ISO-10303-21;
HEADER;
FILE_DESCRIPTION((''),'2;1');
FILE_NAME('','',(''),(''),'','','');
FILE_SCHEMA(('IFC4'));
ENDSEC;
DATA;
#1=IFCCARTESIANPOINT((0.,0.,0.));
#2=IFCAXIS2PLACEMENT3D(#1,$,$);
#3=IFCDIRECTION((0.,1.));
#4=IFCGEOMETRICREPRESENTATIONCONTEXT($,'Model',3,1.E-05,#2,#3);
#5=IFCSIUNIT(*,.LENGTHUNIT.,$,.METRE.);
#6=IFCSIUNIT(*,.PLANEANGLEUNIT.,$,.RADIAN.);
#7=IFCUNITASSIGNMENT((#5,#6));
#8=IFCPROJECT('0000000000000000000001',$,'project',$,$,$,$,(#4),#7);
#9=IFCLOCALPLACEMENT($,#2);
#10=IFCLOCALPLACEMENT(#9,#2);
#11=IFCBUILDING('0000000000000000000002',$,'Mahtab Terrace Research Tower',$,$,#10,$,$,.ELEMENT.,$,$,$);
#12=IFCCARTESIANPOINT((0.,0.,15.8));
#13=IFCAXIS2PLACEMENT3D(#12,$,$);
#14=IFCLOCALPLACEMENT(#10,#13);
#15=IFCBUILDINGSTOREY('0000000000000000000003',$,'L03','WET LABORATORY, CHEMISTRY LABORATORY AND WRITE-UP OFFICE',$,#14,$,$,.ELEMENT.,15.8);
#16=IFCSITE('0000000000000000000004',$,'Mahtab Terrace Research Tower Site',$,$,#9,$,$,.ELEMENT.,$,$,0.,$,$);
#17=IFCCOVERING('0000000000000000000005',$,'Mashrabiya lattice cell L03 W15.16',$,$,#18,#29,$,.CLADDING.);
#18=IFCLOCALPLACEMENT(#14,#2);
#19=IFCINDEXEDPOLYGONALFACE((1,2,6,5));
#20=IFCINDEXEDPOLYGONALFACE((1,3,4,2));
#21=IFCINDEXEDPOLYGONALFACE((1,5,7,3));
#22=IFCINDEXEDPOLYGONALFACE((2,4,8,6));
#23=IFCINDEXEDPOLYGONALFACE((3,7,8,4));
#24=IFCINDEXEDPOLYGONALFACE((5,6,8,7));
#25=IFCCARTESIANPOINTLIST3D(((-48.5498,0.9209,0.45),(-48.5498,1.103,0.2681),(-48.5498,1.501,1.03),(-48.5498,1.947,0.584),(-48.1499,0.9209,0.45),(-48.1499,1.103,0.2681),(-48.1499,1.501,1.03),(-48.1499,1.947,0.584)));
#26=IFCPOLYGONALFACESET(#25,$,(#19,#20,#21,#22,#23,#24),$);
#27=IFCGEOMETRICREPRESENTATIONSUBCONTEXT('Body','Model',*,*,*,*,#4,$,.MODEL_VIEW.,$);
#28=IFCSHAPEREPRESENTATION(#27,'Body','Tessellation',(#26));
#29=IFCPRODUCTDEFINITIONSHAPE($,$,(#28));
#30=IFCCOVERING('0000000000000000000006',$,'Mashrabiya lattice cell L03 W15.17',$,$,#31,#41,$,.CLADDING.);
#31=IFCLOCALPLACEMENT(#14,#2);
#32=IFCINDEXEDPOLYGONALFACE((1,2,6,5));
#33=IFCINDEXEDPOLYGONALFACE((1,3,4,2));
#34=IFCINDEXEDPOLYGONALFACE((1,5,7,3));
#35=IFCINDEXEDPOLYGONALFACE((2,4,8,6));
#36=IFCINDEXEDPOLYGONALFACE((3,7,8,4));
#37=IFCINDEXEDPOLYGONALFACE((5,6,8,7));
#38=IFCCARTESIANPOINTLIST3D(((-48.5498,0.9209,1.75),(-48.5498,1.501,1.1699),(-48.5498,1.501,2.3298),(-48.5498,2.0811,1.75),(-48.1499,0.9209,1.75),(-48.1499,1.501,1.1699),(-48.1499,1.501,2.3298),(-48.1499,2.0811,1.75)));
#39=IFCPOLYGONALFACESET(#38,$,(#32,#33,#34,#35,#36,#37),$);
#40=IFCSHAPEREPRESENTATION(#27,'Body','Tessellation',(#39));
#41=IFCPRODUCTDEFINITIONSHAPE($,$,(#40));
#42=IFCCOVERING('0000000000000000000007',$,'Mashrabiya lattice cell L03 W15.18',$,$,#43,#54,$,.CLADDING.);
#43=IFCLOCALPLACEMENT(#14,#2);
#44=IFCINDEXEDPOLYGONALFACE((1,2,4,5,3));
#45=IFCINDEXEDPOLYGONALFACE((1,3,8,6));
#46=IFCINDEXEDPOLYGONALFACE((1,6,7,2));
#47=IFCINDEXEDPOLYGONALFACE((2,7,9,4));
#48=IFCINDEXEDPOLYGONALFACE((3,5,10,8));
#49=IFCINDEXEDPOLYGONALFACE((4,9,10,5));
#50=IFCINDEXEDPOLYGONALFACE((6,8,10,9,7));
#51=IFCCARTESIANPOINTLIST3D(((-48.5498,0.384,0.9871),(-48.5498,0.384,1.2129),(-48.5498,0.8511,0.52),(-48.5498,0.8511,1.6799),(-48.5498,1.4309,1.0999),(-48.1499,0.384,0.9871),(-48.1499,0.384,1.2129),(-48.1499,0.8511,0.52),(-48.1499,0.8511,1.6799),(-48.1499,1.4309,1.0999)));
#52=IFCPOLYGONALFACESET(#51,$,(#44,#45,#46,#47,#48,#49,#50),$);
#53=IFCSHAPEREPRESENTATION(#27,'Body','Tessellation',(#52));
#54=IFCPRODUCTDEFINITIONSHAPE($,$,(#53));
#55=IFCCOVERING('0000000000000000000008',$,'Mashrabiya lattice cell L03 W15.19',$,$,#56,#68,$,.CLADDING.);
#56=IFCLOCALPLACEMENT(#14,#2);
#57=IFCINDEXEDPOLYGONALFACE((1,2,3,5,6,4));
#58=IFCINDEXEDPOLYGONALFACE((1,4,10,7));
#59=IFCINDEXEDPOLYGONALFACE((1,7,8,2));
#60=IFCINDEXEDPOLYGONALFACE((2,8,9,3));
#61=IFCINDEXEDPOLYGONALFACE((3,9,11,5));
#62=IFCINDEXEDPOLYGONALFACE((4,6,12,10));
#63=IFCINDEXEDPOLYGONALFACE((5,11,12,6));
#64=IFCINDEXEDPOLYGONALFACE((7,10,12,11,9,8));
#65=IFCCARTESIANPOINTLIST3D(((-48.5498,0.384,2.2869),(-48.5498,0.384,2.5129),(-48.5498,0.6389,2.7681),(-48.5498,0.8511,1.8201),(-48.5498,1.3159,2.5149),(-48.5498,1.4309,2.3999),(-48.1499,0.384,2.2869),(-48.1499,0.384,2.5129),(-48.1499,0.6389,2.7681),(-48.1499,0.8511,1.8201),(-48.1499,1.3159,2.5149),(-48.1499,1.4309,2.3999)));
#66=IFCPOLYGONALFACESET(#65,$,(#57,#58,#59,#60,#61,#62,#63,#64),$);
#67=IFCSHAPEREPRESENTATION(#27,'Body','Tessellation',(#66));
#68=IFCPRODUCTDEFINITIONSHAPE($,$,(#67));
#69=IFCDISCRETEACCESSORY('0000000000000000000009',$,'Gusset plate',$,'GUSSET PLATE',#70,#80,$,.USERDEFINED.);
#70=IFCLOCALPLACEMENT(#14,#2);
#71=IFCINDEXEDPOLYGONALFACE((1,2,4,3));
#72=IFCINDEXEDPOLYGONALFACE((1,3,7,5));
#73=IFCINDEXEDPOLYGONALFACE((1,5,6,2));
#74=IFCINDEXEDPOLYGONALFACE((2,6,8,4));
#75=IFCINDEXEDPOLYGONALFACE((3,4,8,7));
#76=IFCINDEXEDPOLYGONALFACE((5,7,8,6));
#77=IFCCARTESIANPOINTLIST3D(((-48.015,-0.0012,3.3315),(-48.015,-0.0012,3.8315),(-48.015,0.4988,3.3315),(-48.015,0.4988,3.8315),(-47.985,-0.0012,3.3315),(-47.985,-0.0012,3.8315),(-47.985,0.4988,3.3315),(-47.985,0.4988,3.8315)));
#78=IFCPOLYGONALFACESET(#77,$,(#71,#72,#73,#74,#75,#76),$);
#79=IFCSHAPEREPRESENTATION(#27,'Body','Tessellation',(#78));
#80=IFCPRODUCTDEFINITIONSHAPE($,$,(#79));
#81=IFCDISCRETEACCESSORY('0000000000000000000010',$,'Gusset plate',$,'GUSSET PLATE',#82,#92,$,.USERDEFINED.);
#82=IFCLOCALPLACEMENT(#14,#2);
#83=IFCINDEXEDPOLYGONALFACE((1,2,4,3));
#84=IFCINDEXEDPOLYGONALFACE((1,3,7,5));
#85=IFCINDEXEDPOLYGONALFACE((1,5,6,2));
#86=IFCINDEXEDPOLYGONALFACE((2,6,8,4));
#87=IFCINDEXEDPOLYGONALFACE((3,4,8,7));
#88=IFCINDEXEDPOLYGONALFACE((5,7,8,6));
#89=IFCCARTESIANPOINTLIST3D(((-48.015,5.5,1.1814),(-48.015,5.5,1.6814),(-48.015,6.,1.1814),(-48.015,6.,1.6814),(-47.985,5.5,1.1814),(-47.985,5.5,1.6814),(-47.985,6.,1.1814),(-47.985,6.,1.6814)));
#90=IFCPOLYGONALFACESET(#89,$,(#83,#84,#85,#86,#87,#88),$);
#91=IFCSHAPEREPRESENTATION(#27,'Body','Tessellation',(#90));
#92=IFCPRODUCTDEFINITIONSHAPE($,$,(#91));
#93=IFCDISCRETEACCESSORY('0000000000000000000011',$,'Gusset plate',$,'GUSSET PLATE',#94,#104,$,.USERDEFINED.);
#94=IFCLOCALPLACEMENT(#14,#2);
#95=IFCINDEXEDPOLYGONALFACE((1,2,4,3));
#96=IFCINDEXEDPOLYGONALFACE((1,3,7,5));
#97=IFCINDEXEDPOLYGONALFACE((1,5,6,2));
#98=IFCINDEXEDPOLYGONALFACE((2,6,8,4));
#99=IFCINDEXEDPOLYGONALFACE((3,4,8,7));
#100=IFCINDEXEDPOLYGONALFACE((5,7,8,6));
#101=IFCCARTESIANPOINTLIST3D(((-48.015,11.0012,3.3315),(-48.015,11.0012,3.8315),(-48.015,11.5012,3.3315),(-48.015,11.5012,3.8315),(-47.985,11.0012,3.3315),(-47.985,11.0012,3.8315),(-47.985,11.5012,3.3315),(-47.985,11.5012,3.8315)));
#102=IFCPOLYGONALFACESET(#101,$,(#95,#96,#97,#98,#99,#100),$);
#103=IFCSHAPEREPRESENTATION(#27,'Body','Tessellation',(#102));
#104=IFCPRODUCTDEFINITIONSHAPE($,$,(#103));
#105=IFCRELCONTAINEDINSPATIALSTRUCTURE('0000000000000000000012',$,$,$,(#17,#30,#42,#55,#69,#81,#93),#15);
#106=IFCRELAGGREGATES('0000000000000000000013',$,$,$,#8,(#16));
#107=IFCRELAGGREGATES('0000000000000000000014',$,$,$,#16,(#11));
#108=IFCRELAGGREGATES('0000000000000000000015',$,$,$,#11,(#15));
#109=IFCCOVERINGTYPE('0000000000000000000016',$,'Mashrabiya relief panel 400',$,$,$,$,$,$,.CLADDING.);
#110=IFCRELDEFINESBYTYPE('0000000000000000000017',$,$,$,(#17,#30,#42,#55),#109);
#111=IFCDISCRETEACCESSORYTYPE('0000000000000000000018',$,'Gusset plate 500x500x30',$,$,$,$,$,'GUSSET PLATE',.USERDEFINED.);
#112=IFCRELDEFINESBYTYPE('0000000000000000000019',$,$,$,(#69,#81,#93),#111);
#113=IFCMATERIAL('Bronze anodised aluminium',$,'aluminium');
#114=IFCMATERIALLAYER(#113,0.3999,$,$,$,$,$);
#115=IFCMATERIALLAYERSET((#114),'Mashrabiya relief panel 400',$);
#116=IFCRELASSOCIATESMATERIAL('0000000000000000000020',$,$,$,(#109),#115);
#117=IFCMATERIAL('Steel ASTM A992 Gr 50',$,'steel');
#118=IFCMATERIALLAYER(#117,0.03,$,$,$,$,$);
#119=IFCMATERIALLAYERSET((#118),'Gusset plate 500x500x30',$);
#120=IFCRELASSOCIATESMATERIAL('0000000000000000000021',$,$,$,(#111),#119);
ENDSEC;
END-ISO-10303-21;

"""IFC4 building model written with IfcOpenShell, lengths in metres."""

from ifc_helpers import new_model, si_unit, direction, frame, origin, origin_2d, place, context, subcontext, project, spatial, polyline, rectangle, outline, extrude, material, layer, layer_set, type_object, element, save


model = new_model("IFC4")

# Units and contexts
model_context = context("Model", 3, precision=1e-05, world=origin(), true_north=direction((0.0, 1.0)))
body_context = subcontext(model_context, "Body", "Model", "MODEL_VIEW")
ifc_project = project(units=[si_unit("LENGTHUNIT", "METRE"), si_unit("PLANEANGLEUNIT", "RADIAN")], contexts=[model_context])

# Site, building, storey
site_placement = place(None, origin())
site = spatial("IfcSite", under=ifc_project, at=site_placement, Name="Mahtab Terrace Research Tower Site", CompositionType="ELEMENT", RefElevation=0.0)
building_placement = place(site_placement, origin())
building = spatial("IfcBuilding", under=site, at=building_placement, Name="Mahtab Terrace Research Tower", CompositionType="ELEMENT")
storey_placement = place(building_placement, frame((0.0, 0.0, 15.8)))
storey = spatial("IfcBuildingStorey", under=building, at=storey_placement, Name="L03", Description="WET LABORATORY, CHEMISTRY LABORATORY AND WRITE-UP OFFICE", CompositionType="ELEMENT", Elevation=15.8)

# Shared definitions
ifc_material_1 = material(Name="Steel ASTM A992 Gr 50", Category="steel")

# Coverings
ifc_material_2 = material(Name="Bronze anodised aluminium", Category="aluminium")
ifc_layer_1 = layer(ifc_material_2, 0.3999)
ifc_layer_set_1 = layer_set([ifc_layer_1], Name="Mashrabiya relief panel 400")
covering_type = type_object("IfcCoveringType", Name="Mashrabiya relief panel 400", PredefinedType="CLADDING", material=ifc_layer_set_1)
covering_1_placement = place(storey_placement, frame((-48.1499, 1.501, 1.03), z_axis=(1.0, 0.0, 0.0), x_axis=(0.0, -0.707107, -0.707107)))
element("IfcCovering", 1, at=covering_1_placement, inside=storey, type_object=covering_type, Name="Mashrabiya lattice cell L03 W15.16", PredefinedType="CLADDING", context=body_context, shape_type="SweptSolid", body=[
    extrude(outline(polyline([(0.0, 0.0), (0.8204, 0.0), (0.8202, 0.2574), (0.0, 0.6308), (0.0, 0.0)])), origin(), (0.0, 0.0, -1.0), 0.3999),
])
covering_2_placement = place(storey_placement, frame((-48.1499, 1.501, 2.3298), z_axis=(1.0, 0.0, 0.0), x_axis=(0.0, -0.707256, -0.706958)))
element("IfcCovering", 2, at=covering_2_placement, inside=storey, type_object=covering_type, Name="Mashrabiya lattice cell L03 W15.17", PredefinedType="CLADDING", context=body_context, shape_type="SweptSolid", body=[
    extrude(outline(polyline([(0.0, 0.0), (0.8202, 0.0), (0.82, 0.8204), (-0.0003, 0.8202), (0.0, 0.0)])), origin(), (0.0, 0.0, -1.0), 0.3999),
])
covering_3_placement = place(storey_placement, frame((-48.1499, 0.8511, 0.52), z_axis=(1.0, 0.0, 0.0), x_axis=(0.0, 0.707107, 0.707107)))
element("IfcCovering", 3, at=covering_3_placement, inside=storey, type_object=covering_type, Name="Mashrabiya lattice cell L03 W15.18", PredefinedType="CLADDING", context=body_context, shape_type="SweptSolid", body=[
    extrude(outline(polyline([(0.0, 0.0), (0.82, 0.0), (0.8202, 0.8202), (0.1597, 0.8202), (0.0, 0.6605), (0.0, 0.0)])), origin(), (0.0, 0.0, -1.0), 0.3999),
])
covering_4_placement = place(storey_placement, frame((-48.1499, 0.8511, 1.8201), z_axis=(1.0, 0.0, 0.0), x_axis=(0.0, 0.707107, 0.707107)))
element("IfcCovering", 4, at=covering_4_placement, inside=storey, type_object=covering_type, Name="Mashrabiya lattice cell L03 W15.19", PredefinedType="CLADDING", context=body_context, shape_type="SweptSolid", body=[
    extrude(outline(polyline([(0.0, 0.0), (0.82, 0.0), (0.82, 0.1626), (0.5203, 0.8204), (0.1597, 0.8202), (-0.0002, 0.6603), (0.0, 0.0)])), origin(), (0.0, 0.0, -1.0), 0.3999),
])

# Discrete accessories
ifc_layer_2 = layer(ifc_material_1, 0.03)
ifc_layer_set_2 = layer_set([ifc_layer_2], Name="Gusset plate 500x500x30")
discrete_accessory_type = type_object("IfcDiscreteAccessoryType", Name="Gusset plate 500x500x30", ElementType="GUSSET PLATE", PredefinedType="USERDEFINED", material=ifc_layer_set_2)
for number, where, z_axis, x_axis, name in (
    (5, (-48.0, 0.2488, 3.3315), (0.0, 0.0, 1.0), (0.0, 1.0, 0.0), "Gusset plate"),
    (6, (-48.0, 5.75, 1.1814), (0.0, 0.0, 1.0), (0.0, 1.0, 0.0), "Gusset plate"),
    (7, (-48.0, 11.2512, 3.3315), (0.0, 0.0, 1.0), (0.0, 1.0, 0.0), "Gusset plate"),
):
    element("IfcDiscreteAccessory", number, at=place(storey_placement, frame(where, z_axis=z_axis, x_axis=x_axis)), inside=storey, type_object=discrete_accessory_type, Name=name, ObjectType="GUSSET PLATE", PredefinedType="USERDEFINED", context=body_context, shape_type="SweptSolid", body=[
        extrude(rectangle(XDim=0.5, YDim=0.03, at=origin_2d()), origin(), (0.0, 0.0, 1.0), 0.5),
    ])

save(model, "model.ifc")
